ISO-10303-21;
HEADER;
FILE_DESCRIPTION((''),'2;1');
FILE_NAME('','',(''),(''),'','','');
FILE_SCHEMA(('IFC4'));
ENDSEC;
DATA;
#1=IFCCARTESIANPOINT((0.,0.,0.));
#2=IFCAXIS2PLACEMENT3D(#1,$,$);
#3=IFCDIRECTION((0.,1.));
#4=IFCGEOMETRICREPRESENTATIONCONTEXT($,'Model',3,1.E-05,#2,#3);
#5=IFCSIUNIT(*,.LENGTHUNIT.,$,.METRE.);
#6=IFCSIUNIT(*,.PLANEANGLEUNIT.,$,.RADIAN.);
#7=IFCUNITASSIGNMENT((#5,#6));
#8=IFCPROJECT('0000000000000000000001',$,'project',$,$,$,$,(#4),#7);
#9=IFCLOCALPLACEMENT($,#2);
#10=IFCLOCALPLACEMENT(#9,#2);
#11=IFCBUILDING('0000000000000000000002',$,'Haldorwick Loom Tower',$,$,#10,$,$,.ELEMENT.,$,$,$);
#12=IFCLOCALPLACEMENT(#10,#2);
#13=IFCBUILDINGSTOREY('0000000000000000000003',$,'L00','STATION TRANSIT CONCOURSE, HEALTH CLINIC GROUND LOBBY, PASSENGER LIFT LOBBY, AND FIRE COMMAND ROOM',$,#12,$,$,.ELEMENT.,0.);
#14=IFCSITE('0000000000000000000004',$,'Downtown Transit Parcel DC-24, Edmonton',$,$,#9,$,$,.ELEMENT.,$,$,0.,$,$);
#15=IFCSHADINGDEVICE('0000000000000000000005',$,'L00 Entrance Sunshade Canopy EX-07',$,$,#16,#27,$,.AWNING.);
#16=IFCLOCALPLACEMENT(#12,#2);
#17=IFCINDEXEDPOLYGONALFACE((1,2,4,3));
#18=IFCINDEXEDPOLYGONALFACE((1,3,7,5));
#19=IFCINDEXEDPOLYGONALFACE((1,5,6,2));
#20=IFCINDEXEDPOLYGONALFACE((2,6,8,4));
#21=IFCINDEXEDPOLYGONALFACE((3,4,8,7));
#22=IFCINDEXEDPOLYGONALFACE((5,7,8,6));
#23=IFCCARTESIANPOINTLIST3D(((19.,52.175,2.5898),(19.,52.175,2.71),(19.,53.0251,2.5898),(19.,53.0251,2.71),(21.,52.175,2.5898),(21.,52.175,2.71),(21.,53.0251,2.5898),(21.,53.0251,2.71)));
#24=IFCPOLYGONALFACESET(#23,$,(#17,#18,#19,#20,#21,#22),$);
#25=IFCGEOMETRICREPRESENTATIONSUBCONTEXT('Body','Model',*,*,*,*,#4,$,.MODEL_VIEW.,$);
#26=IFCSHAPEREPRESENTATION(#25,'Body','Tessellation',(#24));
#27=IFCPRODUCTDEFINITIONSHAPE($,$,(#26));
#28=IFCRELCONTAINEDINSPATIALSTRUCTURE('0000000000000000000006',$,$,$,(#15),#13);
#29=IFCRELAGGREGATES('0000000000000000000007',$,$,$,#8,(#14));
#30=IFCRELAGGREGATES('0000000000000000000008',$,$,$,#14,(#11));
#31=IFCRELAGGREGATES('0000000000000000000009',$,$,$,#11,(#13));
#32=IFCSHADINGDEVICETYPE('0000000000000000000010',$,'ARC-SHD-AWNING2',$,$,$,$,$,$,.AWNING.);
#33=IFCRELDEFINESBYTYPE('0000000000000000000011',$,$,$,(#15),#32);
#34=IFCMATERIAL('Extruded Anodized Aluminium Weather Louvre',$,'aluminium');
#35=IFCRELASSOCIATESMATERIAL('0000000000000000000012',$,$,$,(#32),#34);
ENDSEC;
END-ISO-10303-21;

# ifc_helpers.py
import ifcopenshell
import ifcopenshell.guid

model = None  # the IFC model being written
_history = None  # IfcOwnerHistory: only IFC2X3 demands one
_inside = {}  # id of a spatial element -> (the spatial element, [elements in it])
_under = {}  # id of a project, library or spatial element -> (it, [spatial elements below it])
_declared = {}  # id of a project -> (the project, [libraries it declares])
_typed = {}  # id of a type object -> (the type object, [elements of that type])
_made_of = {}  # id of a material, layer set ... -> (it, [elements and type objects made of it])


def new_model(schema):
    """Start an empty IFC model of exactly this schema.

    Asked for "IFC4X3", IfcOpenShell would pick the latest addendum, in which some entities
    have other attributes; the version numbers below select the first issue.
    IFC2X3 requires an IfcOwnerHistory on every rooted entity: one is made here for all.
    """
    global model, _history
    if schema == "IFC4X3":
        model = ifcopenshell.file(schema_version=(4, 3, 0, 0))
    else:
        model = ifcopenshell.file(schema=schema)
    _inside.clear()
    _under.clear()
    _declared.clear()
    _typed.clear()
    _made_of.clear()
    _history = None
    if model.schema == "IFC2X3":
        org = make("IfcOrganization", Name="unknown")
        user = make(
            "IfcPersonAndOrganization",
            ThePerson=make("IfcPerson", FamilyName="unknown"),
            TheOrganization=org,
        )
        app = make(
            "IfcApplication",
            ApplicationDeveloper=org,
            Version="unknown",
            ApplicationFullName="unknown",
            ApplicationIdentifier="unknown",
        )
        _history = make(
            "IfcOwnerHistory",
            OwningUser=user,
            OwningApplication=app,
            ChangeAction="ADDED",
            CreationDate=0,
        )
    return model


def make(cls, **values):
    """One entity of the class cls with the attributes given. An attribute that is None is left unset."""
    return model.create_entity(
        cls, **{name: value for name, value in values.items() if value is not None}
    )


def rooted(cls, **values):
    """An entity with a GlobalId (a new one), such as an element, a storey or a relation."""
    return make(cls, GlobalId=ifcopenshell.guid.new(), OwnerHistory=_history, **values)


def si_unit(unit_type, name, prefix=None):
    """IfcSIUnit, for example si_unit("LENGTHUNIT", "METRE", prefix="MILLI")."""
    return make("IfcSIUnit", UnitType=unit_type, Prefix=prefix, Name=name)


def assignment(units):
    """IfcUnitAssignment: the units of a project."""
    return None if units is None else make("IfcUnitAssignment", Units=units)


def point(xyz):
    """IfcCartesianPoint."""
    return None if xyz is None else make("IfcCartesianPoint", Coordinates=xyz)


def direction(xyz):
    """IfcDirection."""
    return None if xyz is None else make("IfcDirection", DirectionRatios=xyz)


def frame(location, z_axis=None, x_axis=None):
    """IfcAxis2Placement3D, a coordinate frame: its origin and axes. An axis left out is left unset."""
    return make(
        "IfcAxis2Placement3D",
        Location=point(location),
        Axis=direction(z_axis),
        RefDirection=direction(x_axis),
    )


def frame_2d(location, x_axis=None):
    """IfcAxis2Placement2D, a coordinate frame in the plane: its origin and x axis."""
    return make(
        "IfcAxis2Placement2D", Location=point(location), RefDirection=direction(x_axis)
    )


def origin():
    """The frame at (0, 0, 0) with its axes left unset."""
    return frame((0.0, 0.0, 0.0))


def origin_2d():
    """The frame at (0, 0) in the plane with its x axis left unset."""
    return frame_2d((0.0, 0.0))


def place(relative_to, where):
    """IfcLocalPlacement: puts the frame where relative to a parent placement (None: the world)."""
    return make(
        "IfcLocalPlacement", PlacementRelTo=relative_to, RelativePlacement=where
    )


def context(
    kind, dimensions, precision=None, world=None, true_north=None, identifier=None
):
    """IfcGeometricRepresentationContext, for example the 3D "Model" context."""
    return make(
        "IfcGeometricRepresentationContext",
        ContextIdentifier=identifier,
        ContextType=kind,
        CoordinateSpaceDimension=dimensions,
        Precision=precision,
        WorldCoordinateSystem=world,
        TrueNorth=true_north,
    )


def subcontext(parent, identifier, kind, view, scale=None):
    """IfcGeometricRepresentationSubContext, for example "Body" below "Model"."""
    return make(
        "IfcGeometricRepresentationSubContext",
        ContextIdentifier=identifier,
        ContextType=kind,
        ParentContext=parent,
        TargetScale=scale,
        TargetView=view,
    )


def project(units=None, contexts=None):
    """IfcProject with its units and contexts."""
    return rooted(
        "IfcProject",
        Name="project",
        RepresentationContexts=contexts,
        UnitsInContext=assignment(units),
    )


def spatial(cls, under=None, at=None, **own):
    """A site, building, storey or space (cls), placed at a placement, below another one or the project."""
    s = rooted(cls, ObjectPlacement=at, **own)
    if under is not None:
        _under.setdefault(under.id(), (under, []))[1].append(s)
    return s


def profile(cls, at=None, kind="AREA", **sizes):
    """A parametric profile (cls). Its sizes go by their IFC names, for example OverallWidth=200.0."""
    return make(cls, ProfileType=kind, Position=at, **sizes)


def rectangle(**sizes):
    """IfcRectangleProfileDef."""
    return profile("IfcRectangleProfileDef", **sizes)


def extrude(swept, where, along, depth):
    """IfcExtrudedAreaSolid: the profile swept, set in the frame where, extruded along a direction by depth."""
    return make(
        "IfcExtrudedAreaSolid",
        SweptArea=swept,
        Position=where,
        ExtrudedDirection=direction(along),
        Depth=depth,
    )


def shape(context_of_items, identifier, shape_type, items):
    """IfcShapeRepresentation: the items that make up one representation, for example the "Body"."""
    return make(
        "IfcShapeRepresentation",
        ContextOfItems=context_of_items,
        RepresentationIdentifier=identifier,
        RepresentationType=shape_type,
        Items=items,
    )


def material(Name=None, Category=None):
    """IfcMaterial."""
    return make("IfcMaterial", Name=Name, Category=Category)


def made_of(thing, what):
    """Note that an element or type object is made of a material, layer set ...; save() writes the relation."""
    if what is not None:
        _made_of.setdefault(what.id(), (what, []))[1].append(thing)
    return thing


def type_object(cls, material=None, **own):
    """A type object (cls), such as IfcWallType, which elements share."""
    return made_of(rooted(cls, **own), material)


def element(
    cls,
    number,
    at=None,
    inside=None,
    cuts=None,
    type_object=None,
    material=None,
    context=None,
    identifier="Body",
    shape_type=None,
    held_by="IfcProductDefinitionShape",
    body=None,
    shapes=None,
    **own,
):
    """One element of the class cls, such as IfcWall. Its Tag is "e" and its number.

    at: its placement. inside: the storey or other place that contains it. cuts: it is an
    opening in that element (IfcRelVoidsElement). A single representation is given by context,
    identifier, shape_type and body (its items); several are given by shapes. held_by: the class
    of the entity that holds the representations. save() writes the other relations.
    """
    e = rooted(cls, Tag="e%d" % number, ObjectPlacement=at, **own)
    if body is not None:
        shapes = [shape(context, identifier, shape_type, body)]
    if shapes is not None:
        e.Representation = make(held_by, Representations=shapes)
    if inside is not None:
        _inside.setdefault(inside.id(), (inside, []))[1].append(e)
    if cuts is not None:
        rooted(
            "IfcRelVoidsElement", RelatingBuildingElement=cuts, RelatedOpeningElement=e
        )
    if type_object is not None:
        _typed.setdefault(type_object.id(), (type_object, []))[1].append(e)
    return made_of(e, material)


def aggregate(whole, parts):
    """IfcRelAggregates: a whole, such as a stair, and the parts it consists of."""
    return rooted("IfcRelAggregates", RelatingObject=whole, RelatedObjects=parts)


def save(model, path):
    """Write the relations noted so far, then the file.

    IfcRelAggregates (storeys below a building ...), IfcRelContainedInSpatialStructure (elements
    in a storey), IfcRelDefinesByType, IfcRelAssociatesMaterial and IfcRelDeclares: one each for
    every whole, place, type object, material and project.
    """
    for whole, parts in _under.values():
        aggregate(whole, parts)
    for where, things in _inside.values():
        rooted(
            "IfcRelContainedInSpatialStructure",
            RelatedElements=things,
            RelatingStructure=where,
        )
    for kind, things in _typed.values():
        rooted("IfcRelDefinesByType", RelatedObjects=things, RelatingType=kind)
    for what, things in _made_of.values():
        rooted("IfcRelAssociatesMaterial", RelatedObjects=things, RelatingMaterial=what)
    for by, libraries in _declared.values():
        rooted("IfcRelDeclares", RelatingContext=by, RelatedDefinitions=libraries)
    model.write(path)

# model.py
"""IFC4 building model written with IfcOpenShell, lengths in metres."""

from ifc_helpers import new_model, si_unit, direction, frame, origin, origin_2d, place, context, subcontext, project, spatial, rectangle, extrude, material, type_object, element, save


model = new_model("IFC4")

# Units and contexts
model_context = context("Model", 3, precision=1e-05, world=origin(), true_north=direction((0.0, 1.0)))
body_context = subcontext(model_context, "Body", "Model", "MODEL_VIEW")
ifc_project = project(units=[si_unit("LENGTHUNIT", "METRE"), si_unit("PLANEANGLEUNIT", "RADIAN")], contexts=[model_context])

# Site, building, storey
site_placement = place(None, origin())
site = spatial("IfcSite", under=ifc_project, at=site_placement, Name="Downtown Transit Parcel DC-24, Edmonton", CompositionType="ELEMENT", RefElevation=0.0)
building_placement = place(site_placement, origin())
building = spatial("IfcBuilding", under=site, at=building_placement, Name="Haldorwick Loom Tower", CompositionType="ELEMENT")
storey_placement = place(building_placement, origin())
storey = spatial("IfcBuildingStorey", under=building, at=storey_placement, Name="L00", Description="STATION TRANSIT CONCOURSE, HEALTH CLINIC GROUND LOBBY, PASSENGER LIFT LOBBY, AND FIRE COMMAND ROOM", CompositionType="ELEMENT", Elevation=0.0)

# Shading device
ifc_material_1 = material(Name="Extruded Anodized Aluminium Weather Louvre", Category="aluminium")
shading_device_type = type_object("IfcShadingDeviceType", Name="ARC-SHD-AWNING2", PredefinedType="AWNING", material=ifc_material_1)
shading_device_placement = place(storey_placement, frame((20.0, 52.6001, 2.5898), z_axis=(0.0, 0.0, 1.0), x_axis=(-1.0, 0.0, 0.0)))
element("IfcShadingDevice", 1, at=shading_device_placement, inside=storey, type_object=shading_device_type, Name="L00 Entrance Sunshade Canopy EX-07", PredefinedType="AWNING", context=body_context, shape_type="SweptSolid", body=[
    extrude(rectangle(XDim=2.0, YDim=0.8501, at=origin_2d()), origin(), (0.0, 0.0, 1.0), 0.1201),
])

save(model, "model.ifc")
